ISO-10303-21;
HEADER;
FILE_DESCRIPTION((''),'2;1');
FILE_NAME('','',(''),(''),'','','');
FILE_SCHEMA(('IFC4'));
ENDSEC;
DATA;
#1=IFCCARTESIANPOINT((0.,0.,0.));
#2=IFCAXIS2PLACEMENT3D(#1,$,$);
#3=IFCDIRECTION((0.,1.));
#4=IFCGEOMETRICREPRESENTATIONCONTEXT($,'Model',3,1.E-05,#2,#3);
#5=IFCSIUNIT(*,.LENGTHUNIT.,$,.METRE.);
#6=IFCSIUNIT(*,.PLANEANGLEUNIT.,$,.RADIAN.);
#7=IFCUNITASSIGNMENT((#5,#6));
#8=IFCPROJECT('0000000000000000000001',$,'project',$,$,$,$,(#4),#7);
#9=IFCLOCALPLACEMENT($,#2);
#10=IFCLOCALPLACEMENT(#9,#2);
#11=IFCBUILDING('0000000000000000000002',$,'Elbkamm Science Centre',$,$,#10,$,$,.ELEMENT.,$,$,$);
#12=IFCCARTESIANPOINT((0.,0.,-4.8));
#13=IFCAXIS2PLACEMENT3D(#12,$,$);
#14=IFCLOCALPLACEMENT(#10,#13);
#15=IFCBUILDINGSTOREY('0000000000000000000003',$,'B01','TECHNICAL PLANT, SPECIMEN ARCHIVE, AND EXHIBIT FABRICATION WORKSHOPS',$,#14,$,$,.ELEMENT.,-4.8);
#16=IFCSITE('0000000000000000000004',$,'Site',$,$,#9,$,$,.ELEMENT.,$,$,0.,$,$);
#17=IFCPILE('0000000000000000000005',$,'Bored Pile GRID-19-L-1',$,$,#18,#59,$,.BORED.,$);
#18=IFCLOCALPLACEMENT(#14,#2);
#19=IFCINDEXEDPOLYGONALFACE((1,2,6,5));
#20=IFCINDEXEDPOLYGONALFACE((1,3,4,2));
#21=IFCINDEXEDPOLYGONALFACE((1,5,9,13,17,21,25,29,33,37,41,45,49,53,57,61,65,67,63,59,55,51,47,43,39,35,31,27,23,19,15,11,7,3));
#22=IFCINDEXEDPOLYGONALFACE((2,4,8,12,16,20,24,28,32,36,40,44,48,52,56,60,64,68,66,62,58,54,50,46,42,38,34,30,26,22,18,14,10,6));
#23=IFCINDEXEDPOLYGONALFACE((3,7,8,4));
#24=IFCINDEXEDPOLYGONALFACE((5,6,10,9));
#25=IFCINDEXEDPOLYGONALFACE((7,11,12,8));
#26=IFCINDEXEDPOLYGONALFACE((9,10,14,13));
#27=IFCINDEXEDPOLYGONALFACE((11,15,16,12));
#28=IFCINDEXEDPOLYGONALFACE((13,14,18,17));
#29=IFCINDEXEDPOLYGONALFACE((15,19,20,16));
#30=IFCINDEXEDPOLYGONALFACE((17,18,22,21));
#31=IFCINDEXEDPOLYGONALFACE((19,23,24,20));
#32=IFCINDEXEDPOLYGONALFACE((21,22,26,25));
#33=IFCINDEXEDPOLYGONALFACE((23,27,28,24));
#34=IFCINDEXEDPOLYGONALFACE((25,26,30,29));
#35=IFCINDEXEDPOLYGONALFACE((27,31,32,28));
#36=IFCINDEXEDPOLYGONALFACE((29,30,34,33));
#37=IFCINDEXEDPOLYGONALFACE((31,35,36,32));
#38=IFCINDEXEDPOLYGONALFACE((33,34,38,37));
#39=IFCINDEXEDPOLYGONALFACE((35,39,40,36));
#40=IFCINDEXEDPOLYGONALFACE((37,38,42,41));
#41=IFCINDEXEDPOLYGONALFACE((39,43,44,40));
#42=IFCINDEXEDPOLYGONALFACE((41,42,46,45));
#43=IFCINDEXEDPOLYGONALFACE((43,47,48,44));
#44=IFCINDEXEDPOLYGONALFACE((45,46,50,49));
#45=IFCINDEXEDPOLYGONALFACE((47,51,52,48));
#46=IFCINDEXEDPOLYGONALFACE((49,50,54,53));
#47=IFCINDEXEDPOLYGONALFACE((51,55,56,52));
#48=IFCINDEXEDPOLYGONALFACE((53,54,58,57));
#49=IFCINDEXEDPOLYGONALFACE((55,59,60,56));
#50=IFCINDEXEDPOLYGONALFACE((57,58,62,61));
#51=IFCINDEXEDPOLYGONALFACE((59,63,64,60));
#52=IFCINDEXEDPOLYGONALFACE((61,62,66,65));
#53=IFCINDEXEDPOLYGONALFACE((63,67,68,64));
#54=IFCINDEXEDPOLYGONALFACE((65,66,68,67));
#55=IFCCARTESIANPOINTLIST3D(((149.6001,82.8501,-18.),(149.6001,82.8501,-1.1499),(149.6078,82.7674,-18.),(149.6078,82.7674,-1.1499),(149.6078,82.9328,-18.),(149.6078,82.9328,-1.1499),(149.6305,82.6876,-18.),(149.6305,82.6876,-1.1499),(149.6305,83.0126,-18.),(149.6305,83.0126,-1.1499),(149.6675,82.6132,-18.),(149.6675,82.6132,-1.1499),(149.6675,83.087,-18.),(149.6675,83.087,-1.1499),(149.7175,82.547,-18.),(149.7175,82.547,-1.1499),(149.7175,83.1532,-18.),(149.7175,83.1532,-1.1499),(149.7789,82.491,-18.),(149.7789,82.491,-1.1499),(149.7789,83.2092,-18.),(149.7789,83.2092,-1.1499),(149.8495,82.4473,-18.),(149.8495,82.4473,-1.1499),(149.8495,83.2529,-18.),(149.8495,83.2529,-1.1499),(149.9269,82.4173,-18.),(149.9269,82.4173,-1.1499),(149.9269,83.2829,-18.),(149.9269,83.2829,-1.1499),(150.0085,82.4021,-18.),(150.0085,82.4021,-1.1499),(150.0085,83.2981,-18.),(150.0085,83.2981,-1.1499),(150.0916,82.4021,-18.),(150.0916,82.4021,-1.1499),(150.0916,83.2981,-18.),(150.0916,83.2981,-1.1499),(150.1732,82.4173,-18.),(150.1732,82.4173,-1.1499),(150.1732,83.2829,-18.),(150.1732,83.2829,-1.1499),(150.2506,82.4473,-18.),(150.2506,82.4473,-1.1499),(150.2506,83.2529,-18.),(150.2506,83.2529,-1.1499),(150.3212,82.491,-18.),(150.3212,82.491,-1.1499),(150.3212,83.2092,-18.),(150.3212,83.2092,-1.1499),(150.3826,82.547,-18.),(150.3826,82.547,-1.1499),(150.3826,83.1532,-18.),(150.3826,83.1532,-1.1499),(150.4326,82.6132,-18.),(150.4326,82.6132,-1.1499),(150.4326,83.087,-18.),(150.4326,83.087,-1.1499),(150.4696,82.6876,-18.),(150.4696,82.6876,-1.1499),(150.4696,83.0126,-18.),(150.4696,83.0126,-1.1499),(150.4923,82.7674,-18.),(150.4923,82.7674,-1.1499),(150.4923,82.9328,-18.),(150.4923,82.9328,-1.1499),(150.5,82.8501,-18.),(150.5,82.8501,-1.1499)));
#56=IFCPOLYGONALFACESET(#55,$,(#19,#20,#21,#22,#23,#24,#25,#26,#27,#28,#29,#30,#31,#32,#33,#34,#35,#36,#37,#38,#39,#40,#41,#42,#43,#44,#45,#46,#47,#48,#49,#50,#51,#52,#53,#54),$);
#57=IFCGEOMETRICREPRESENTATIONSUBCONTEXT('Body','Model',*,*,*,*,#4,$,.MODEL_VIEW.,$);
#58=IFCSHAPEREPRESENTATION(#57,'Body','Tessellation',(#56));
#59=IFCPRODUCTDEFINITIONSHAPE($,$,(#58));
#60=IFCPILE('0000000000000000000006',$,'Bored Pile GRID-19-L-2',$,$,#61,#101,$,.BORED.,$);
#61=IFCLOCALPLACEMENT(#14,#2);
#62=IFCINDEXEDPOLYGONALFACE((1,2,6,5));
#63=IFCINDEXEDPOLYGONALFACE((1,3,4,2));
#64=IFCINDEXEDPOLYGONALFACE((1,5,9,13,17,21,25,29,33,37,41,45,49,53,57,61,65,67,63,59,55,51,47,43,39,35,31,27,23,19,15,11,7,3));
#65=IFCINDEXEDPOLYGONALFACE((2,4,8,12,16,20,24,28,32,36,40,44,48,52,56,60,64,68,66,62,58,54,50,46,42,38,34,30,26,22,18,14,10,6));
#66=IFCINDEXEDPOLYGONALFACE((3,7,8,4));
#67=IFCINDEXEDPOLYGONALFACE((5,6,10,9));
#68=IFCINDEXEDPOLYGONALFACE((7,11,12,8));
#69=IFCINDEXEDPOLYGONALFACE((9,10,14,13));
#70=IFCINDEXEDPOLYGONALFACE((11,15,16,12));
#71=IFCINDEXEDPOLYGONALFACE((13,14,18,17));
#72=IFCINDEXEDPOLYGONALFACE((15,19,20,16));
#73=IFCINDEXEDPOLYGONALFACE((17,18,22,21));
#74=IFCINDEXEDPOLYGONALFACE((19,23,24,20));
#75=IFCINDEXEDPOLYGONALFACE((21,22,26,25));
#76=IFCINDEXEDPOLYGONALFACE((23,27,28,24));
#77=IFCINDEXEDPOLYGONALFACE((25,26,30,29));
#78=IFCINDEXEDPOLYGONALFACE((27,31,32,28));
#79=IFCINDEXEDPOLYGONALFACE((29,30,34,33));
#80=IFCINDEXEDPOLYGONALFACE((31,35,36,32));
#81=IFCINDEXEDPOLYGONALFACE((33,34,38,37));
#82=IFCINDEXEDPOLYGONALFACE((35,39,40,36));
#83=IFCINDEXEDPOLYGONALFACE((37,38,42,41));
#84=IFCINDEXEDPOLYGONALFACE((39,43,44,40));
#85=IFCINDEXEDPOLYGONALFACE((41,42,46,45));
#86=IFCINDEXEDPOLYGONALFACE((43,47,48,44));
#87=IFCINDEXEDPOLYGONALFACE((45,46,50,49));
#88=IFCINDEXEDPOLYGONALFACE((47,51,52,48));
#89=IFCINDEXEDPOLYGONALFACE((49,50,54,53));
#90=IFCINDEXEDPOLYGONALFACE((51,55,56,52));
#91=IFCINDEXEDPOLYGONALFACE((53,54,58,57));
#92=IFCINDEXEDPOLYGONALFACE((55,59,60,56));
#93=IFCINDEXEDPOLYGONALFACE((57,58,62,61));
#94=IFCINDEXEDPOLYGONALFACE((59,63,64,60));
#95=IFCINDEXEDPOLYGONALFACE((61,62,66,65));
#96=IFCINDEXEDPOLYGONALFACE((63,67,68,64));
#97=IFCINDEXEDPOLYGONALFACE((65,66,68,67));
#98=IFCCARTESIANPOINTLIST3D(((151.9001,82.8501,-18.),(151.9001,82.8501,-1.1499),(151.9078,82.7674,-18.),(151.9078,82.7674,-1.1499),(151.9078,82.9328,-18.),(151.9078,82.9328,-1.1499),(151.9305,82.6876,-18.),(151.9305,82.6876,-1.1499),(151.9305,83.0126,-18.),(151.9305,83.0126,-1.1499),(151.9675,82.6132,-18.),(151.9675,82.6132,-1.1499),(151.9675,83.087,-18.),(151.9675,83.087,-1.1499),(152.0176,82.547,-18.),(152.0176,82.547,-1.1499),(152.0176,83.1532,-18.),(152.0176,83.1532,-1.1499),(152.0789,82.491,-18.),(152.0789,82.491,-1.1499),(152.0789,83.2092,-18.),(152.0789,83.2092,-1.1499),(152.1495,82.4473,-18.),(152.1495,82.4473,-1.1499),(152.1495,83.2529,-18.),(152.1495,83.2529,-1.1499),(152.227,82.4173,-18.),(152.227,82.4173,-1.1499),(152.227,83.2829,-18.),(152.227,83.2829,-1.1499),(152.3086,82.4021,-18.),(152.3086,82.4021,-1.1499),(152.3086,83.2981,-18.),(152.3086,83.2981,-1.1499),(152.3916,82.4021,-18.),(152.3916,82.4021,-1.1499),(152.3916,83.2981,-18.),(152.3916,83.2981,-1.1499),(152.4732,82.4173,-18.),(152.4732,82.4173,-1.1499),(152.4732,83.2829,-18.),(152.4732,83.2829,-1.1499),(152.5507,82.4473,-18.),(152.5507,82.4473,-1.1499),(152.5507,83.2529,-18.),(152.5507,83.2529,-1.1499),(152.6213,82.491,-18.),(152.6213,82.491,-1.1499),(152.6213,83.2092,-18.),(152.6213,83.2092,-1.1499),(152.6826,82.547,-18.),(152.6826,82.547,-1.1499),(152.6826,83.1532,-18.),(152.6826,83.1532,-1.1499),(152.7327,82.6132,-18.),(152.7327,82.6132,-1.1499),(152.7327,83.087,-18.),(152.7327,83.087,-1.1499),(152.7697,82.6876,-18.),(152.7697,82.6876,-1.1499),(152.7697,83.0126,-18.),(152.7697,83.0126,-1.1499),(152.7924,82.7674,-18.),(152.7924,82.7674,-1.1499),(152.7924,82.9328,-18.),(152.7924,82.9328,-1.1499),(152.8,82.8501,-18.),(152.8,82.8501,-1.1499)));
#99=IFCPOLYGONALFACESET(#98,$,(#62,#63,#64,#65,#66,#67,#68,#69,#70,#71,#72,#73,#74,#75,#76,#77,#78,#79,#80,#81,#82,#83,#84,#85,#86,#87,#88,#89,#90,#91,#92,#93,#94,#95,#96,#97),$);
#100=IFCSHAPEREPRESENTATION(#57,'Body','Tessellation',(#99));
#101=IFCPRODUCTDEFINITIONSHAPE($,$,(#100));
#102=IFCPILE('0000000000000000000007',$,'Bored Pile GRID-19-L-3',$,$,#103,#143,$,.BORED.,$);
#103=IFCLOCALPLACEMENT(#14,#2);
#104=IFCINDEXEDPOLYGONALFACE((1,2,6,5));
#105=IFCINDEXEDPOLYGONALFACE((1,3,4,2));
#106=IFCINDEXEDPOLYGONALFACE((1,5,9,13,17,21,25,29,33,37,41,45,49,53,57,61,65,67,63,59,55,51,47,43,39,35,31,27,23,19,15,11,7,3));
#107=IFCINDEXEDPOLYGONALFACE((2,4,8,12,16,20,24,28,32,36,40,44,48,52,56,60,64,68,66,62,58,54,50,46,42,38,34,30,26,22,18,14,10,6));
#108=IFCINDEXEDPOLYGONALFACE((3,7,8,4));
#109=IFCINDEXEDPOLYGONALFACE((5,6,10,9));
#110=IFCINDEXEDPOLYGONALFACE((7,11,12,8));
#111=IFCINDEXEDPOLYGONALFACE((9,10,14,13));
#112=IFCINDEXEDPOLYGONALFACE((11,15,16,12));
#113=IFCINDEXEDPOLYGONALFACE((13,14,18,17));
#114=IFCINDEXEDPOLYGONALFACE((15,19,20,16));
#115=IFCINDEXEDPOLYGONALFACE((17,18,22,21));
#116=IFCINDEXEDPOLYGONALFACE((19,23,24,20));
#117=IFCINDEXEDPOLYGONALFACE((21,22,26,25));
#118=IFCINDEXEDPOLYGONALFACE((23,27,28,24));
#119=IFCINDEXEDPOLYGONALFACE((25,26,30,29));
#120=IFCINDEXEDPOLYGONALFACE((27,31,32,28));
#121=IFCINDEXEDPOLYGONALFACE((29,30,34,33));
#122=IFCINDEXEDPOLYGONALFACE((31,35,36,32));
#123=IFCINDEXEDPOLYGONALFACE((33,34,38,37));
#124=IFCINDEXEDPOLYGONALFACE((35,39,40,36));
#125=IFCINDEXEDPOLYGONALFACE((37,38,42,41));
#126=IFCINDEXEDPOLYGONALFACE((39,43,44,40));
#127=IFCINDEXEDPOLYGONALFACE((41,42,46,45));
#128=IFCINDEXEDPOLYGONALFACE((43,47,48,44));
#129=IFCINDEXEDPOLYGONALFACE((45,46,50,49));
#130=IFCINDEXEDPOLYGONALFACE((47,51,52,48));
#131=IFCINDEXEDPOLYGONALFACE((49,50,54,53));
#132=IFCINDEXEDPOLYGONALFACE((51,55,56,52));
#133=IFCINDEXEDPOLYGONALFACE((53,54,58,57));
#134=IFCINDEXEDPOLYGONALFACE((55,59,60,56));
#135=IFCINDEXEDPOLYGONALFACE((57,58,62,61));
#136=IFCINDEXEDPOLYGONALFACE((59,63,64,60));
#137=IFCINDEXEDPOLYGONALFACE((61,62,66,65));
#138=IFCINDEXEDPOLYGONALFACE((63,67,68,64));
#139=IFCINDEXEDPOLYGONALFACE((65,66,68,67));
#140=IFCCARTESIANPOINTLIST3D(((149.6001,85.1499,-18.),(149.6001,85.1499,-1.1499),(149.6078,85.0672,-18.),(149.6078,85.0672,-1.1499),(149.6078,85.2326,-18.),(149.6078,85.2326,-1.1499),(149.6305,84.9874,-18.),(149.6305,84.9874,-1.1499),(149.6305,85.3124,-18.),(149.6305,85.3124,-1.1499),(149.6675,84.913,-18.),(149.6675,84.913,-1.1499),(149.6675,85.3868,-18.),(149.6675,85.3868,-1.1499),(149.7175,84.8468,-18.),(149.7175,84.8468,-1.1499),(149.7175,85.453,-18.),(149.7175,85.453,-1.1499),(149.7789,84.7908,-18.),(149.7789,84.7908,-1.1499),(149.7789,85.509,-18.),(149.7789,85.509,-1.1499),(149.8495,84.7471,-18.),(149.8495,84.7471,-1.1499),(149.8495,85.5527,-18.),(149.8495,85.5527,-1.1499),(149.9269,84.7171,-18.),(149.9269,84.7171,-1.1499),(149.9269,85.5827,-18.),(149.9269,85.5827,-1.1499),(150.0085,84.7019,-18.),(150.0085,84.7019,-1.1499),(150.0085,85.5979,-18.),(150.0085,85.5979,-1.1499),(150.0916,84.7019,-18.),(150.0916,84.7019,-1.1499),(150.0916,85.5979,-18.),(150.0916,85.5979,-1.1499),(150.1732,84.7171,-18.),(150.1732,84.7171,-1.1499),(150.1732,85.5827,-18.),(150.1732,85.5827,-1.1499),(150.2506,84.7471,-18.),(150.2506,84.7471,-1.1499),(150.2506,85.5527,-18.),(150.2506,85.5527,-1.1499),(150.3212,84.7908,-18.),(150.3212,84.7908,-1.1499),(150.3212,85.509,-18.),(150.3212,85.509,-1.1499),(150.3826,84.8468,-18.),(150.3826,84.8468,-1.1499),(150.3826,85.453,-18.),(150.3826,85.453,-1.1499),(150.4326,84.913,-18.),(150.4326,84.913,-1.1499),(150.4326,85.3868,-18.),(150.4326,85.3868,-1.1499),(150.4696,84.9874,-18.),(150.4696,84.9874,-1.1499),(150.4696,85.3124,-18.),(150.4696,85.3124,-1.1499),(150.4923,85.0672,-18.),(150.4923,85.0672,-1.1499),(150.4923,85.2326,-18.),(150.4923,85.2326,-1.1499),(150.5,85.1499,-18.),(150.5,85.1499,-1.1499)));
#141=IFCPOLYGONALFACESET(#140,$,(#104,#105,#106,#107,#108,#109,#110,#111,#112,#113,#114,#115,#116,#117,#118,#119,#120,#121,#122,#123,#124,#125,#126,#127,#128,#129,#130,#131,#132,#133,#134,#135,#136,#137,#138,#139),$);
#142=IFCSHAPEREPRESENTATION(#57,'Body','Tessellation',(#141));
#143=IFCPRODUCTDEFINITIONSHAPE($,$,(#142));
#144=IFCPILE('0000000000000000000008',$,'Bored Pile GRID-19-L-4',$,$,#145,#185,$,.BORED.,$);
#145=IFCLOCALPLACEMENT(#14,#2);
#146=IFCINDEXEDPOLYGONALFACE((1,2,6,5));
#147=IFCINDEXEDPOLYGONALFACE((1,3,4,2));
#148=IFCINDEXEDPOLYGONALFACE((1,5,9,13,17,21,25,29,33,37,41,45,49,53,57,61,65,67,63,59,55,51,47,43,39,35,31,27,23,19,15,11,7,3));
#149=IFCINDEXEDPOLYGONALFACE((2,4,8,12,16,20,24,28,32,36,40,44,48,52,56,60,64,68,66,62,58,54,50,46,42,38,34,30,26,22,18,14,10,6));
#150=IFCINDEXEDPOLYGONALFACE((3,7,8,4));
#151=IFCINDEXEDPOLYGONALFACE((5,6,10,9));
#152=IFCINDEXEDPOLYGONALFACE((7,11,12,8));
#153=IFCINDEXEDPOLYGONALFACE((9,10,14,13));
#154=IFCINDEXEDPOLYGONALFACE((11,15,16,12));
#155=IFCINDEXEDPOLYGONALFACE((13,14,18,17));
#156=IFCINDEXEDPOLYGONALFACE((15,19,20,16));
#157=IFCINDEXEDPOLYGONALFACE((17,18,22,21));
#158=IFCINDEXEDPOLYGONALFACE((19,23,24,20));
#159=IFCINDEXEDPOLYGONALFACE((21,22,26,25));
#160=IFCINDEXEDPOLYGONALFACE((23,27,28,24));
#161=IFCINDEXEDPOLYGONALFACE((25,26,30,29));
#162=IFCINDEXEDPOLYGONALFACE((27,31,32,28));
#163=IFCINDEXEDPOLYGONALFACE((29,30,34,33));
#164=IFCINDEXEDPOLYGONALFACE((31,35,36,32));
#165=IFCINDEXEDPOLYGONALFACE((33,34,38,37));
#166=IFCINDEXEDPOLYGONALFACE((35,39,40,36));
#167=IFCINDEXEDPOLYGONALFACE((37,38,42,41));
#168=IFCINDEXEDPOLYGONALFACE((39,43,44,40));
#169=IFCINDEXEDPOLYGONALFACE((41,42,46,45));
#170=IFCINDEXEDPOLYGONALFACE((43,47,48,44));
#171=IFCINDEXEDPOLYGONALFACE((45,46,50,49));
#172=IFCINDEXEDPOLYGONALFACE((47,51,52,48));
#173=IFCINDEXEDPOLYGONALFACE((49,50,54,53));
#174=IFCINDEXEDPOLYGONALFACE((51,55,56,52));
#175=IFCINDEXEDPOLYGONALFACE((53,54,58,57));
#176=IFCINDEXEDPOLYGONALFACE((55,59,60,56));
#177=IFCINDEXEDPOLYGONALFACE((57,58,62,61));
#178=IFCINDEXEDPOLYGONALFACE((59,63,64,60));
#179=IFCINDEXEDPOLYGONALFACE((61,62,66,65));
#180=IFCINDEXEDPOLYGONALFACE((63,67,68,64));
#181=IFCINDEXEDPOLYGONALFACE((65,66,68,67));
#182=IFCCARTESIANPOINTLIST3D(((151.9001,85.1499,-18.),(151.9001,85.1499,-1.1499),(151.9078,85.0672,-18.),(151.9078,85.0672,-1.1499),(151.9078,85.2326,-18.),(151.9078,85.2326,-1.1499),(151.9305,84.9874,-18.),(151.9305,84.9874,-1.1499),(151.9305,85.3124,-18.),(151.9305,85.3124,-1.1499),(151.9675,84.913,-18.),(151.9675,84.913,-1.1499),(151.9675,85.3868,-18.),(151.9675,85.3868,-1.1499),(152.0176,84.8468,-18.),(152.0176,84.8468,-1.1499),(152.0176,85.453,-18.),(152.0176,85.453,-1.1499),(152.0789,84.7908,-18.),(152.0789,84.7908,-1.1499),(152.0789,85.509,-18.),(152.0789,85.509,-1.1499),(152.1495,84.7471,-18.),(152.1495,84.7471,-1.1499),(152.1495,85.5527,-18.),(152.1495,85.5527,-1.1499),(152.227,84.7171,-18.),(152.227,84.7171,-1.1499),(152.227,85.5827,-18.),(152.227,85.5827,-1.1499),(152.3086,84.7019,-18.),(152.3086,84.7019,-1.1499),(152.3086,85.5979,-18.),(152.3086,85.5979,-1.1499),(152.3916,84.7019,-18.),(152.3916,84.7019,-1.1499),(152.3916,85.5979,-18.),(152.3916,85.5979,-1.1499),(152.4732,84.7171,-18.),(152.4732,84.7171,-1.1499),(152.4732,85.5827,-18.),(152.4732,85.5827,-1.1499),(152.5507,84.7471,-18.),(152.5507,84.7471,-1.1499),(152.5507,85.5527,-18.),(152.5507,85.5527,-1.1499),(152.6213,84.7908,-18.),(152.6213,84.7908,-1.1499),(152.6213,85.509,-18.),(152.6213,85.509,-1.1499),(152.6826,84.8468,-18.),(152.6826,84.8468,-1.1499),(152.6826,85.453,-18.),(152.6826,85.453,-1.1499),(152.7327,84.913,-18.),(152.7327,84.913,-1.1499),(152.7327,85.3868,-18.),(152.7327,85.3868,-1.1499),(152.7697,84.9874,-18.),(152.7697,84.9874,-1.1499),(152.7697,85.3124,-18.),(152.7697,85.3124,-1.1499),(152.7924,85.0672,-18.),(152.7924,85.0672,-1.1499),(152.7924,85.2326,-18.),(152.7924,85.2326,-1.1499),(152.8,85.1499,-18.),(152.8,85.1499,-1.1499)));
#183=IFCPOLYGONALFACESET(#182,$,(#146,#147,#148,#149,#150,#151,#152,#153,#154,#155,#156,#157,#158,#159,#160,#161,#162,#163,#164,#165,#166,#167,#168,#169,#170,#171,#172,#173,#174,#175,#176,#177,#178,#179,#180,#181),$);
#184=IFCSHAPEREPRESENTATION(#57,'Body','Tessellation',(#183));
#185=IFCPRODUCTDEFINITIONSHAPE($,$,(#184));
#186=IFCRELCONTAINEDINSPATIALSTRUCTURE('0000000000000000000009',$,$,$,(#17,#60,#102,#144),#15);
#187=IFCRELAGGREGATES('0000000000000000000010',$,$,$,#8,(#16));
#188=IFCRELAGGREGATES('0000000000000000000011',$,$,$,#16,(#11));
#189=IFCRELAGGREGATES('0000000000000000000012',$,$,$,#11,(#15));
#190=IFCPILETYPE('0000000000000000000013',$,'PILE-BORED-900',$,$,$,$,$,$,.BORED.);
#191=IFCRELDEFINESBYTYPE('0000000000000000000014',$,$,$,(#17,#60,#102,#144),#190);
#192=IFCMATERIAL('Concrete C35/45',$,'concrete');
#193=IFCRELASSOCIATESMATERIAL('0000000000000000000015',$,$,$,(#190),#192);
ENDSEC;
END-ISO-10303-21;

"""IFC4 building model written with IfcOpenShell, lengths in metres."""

from ifc_helpers import new_model, si_unit, direction, frame, origin, origin_2d, place, context, subcontext, project, spatial, circle, extrude, material, material_profile, profile_set, type_object, element, save


model = new_model("IFC4")

# Units and contexts
model_context = context("Model", 3, precision=1e-05, world=origin(), true_north=direction((0.0, 1.0)))
body_context = subcontext(model_context, "Body", "Model", "MODEL_VIEW")
ifc_project = project(units=[si_unit("LENGTHUNIT", "METRE"), si_unit("PLANEANGLEUNIT", "RADIAN")], contexts=[model_context])

# Site, building, storey
site_placement = place(None, origin())
site = spatial("IfcSite", under=ifc_project, at=site_placement, Name="Site", CompositionType="ELEMENT", RefElevation=0.0)
building_placement = place(site_placement, origin())
building = spatial("IfcBuilding", under=site, at=building_placement, Name="Elbkamm Science Centre", CompositionType="ELEMENT")
storey_placement = place(building_placement, frame((0.0, 0.0, -4.8)))
storey = spatial("IfcBuildingStorey", under=building, at=storey_placement, Name="B01", Description="TECHNICAL PLANT, SPECIMEN ARCHIVE, AND EXHIBIT FABRICATION WORKSHOPS", CompositionType="ELEMENT", Elevation=-4.8)

# Shared definitions
ifc_material_1 = material(Name="Concrete C35/45", Category="concrete")

# Piles
ifc_material_profile_1 = material_profile(ifc_material_1, circle(Radius=0.45, at=origin_2d()), Name="PILE D900")
ifc_profile_set_1 = profile_set([ifc_material_profile_1], Name="Concrete C35/45")
pile_type = type_object("IfcPileType", Name="PILE-BORED-900", PredefinedType="BORED", material=ifc_profile_set_1)
for number, where, z_axis, x_axis, name in (
    (1, (150.05, 82.8501, -1.1499), (0.0, 0.0, -1.0), (1.0, 0.0, 0.0), "Bored Pile GRID-19-L-1"),
    (2, (152.3501, 82.8501, -1.1499), (0.0, 0.0, -1.0), (1.0, 0.0, 0.0), "Bored Pile GRID-19-L-2"),
    (3, (150.05, 85.1499, -1.1499), (0.0, 0.0, -1.0), (1.0, 0.0, 0.0), "Bored Pile GRID-19-L-3"),
    (4, (152.3501, 85.1499, -1.1499), (0.0, 0.0, -1.0), (1.0, 0.0, 0.0), "Bored Pile GRID-19-L-4"),
):
    element("IfcPile", number, at=place(storey_placement, frame(where, z_axis=z_axis, x_axis=x_axis)), inside=storey, type_object=pile_type, Name=name, PredefinedType="BORED", context=body_context, shape_type="SweptSolid", body=[
        extrude(circle(Radius=0.45, at=origin_2d()), origin(), (0.0, 0.0, 1.0), 16.8501),
    ])

save(model, "model.ifc")
